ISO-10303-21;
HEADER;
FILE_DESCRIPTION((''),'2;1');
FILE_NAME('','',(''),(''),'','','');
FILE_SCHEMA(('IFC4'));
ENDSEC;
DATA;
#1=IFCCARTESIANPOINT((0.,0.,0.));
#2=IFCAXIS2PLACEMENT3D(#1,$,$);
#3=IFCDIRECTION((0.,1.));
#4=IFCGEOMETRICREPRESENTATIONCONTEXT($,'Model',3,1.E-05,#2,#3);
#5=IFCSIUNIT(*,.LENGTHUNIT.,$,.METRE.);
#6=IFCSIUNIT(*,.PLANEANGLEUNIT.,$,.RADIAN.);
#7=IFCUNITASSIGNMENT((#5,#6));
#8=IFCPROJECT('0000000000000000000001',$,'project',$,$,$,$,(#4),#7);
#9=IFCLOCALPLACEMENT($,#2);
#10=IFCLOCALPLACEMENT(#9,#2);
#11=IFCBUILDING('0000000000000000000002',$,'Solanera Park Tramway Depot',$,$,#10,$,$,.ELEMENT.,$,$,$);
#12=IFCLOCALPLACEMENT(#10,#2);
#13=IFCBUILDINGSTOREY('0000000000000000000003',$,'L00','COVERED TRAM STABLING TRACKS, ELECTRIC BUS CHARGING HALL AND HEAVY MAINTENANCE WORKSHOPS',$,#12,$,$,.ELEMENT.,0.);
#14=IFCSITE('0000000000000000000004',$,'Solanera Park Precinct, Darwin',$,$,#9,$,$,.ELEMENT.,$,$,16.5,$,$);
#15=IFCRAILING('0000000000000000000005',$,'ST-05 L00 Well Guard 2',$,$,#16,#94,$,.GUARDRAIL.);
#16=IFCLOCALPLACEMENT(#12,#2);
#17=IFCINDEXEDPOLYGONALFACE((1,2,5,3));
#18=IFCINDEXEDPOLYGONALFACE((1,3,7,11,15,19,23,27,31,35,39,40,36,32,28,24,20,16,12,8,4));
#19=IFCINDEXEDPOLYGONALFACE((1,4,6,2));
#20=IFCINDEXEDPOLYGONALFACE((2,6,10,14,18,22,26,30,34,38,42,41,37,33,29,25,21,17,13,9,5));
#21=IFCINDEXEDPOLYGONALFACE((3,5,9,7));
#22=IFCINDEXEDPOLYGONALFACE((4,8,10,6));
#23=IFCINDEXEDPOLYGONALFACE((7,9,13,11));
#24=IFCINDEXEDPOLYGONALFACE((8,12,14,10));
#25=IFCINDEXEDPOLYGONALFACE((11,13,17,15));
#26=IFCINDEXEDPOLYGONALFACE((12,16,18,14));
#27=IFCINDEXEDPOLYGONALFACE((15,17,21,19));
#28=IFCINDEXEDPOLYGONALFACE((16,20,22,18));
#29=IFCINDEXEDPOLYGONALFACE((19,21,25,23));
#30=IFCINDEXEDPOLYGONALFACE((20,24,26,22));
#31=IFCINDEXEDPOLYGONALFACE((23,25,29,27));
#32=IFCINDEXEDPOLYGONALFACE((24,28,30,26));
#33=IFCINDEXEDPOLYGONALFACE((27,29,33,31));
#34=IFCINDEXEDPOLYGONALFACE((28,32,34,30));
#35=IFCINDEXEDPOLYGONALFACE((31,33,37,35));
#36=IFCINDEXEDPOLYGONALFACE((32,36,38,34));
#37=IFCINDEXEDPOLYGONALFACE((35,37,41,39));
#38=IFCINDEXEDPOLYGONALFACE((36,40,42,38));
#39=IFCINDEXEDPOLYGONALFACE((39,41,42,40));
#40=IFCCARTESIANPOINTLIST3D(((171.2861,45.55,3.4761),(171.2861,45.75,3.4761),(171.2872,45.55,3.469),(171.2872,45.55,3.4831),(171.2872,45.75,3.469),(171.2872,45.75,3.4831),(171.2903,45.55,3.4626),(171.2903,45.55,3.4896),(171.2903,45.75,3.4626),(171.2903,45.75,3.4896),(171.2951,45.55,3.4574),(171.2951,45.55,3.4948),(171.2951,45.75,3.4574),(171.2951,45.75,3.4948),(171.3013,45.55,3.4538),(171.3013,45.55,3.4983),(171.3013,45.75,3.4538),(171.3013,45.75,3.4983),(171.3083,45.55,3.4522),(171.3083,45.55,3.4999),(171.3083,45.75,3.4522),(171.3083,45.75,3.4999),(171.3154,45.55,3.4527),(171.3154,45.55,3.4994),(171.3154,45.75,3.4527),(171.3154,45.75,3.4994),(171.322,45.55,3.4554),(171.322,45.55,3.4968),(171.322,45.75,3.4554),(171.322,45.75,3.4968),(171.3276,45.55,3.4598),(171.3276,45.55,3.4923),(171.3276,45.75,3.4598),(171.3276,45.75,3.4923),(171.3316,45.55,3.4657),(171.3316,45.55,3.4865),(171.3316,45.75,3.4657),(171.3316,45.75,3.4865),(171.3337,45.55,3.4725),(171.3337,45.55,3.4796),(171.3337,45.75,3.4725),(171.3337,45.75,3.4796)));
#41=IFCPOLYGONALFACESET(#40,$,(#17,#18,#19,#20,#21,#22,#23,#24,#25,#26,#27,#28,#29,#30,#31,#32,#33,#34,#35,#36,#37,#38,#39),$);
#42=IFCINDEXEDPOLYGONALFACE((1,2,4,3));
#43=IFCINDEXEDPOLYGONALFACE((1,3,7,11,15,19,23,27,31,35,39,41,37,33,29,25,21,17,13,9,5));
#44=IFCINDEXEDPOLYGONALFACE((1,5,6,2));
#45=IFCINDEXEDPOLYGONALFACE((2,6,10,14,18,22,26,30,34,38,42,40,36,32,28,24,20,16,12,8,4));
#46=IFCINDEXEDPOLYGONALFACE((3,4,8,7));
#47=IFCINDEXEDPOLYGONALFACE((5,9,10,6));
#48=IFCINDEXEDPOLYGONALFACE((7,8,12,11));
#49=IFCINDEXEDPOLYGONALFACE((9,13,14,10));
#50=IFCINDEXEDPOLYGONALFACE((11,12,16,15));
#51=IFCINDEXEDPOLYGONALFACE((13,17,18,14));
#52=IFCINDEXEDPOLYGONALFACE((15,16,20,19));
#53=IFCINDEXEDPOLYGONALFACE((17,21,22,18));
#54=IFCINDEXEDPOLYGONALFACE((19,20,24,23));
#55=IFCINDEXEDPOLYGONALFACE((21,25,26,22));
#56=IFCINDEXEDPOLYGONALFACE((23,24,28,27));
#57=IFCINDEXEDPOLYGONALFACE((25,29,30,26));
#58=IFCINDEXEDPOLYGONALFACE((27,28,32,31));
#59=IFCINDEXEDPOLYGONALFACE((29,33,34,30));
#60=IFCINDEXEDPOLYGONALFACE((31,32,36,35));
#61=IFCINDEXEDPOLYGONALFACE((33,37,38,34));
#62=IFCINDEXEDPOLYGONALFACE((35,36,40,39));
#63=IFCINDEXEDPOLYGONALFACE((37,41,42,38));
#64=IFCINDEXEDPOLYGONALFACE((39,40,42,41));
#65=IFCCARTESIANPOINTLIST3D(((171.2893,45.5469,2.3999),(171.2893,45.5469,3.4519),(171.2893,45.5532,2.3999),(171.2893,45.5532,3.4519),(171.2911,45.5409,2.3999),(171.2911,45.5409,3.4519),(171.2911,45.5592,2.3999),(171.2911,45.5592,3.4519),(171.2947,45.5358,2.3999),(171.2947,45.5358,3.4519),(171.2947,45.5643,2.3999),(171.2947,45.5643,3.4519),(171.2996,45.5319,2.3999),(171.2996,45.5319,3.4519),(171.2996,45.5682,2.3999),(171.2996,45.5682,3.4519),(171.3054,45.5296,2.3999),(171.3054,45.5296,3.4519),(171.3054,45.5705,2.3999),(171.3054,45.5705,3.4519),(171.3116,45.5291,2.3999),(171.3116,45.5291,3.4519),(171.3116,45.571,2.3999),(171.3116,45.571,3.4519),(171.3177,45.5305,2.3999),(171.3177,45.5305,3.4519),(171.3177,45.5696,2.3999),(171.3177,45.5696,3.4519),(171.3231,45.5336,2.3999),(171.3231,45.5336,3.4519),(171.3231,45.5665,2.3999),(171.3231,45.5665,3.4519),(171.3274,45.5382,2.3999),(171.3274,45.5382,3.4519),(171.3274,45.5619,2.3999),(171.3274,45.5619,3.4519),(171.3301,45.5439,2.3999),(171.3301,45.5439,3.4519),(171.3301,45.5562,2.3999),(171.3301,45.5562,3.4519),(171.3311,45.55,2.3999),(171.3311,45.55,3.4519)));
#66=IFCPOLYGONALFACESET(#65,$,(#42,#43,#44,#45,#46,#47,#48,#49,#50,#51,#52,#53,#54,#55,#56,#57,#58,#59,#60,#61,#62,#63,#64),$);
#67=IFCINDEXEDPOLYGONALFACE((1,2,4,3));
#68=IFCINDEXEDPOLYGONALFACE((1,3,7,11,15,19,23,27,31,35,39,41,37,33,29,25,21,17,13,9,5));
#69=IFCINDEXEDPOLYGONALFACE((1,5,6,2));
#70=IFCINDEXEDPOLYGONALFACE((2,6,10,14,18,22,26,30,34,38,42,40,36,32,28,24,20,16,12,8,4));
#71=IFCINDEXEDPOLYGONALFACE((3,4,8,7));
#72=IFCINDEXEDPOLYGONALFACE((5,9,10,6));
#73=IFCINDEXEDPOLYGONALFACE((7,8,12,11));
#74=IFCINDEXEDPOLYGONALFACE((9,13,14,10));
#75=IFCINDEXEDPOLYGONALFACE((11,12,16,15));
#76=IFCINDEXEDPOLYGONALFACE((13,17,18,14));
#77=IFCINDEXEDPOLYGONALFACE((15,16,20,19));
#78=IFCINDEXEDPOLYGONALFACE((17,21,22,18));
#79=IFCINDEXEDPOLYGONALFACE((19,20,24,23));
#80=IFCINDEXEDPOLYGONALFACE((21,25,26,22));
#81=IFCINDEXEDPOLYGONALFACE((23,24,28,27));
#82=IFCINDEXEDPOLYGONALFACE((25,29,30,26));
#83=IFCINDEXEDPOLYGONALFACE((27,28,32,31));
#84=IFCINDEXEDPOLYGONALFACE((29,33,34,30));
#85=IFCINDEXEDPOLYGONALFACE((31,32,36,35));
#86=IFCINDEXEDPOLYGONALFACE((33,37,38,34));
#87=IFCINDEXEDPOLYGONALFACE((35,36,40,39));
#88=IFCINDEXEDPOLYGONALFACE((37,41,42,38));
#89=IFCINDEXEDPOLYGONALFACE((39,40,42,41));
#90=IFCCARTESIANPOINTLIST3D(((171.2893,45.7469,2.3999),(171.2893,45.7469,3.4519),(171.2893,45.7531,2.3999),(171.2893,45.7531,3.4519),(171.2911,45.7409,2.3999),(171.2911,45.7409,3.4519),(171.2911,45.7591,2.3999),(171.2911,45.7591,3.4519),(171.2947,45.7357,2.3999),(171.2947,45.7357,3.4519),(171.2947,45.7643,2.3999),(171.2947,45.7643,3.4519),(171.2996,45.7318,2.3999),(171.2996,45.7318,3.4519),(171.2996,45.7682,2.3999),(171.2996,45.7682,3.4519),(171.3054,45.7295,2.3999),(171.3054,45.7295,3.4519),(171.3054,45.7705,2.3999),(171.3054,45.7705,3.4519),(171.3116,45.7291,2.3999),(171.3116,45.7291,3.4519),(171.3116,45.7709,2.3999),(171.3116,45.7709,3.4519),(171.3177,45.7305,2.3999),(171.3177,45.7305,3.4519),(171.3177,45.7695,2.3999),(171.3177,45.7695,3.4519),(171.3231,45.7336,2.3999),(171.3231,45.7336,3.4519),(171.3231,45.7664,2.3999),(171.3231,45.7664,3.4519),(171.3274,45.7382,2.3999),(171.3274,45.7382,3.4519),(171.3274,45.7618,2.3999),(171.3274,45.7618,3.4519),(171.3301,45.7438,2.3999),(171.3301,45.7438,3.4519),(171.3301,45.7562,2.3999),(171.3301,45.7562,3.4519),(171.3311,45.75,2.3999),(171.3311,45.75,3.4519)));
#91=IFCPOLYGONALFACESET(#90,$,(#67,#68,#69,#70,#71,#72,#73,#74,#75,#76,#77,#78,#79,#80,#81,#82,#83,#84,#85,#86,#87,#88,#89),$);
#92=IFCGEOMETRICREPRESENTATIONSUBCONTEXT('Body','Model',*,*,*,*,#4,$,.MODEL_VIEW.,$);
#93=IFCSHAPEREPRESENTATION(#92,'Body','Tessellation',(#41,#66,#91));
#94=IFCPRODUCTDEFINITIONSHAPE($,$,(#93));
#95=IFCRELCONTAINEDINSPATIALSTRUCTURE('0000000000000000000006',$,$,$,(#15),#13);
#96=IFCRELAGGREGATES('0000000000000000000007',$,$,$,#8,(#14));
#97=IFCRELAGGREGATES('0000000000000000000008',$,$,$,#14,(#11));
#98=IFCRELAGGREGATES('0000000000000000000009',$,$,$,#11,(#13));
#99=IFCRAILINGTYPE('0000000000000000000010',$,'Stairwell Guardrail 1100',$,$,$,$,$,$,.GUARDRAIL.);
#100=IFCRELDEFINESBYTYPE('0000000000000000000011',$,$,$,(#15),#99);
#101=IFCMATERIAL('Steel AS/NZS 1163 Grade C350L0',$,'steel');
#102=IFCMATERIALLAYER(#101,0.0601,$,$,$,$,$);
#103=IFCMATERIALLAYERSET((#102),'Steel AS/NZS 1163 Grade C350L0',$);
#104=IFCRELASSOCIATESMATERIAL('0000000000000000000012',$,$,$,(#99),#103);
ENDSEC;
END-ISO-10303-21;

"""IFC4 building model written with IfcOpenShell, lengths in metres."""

from ifc_helpers import new_model, si_unit, direction, frame, origin, origin_2d, place, context, subcontext, project, spatial, circle, extrude, material, layer, layer_set, type_object, element, save


model = new_model("IFC4")

# Units and contexts
model_context = context("Model", 3, precision=1e-05, world=origin(), true_north=direction((0.0, 1.0)))
body_context = subcontext(model_context, "Body", "Model", "MODEL_VIEW")
ifc_project = project(units=[si_unit("LENGTHUNIT", "METRE"), si_unit("PLANEANGLEUNIT", "RADIAN")], contexts=[model_context])

# Site, building, storey
site_placement = place(None, origin())
site = spatial("IfcSite", under=ifc_project, at=site_placement, Name="Solanera Park Precinct, Darwin", CompositionType="ELEMENT", RefElevation=16.5)
building_placement = place(site_placement, origin())
building = spatial("IfcBuilding", under=site, at=building_placement, Name="Solanera Park Tramway Depot", CompositionType="ELEMENT")
storey_placement = place(building_placement, origin())
storey = spatial("IfcBuildingStorey", under=building, at=storey_placement, Name="L00", Description="COVERED TRAM STABLING TRACKS, ELECTRIC BUS CHARGING HALL AND HEAVY MAINTENANCE WORKSHOPS", CompositionType="ELEMENT", Elevation=0.0)

# Railing
ifc_material_1 = material(Name="Steel AS/NZS 1163 Grade C350L0", Category="steel")
ifc_layer_1 = layer(ifc_material_1, 0.0601)
ifc_layer_set_1 = layer_set([ifc_layer_1], Name="Steel AS/NZS 1163 Grade C350L0")
railing_type_1 = type_object("IfcRailingType", Name="Stairwell Guardrail 1100", PredefinedType="GUARDRAIL", material=ifc_layer_set_1)
railing_1_placement = place(storey_placement, frame((171.3101, 45.55, 2.3999)))
element("IfcRailing", 1, at=railing_1_placement, inside=storey, type_object=railing_type_1, Name="ST-05 L00 Well Guard 2", PredefinedType="GUARDRAIL", context=body_context, shape_type="SweptSolid", body=[
    extrude(circle(Radius=0.0239, at=origin_2d()), frame((0.0, 0.0, 1.0762), z_axis=(0.0, 1.0, 0.0), x_axis=(-1.0, 0.0, 0.0)), (0.0, 0.0, 1.0), 0.2),
    extrude(circle(Radius=0.021, at=origin_2d()), origin(), (0.0, 0.0, 1.0), 1.052),
    extrude(circle(Radius=0.021, at=origin_2d()), frame((0.0, 0.2, 0.0)), (0.0, 0.0, 1.0), 1.052),
])

save(model, "model.ifc")
